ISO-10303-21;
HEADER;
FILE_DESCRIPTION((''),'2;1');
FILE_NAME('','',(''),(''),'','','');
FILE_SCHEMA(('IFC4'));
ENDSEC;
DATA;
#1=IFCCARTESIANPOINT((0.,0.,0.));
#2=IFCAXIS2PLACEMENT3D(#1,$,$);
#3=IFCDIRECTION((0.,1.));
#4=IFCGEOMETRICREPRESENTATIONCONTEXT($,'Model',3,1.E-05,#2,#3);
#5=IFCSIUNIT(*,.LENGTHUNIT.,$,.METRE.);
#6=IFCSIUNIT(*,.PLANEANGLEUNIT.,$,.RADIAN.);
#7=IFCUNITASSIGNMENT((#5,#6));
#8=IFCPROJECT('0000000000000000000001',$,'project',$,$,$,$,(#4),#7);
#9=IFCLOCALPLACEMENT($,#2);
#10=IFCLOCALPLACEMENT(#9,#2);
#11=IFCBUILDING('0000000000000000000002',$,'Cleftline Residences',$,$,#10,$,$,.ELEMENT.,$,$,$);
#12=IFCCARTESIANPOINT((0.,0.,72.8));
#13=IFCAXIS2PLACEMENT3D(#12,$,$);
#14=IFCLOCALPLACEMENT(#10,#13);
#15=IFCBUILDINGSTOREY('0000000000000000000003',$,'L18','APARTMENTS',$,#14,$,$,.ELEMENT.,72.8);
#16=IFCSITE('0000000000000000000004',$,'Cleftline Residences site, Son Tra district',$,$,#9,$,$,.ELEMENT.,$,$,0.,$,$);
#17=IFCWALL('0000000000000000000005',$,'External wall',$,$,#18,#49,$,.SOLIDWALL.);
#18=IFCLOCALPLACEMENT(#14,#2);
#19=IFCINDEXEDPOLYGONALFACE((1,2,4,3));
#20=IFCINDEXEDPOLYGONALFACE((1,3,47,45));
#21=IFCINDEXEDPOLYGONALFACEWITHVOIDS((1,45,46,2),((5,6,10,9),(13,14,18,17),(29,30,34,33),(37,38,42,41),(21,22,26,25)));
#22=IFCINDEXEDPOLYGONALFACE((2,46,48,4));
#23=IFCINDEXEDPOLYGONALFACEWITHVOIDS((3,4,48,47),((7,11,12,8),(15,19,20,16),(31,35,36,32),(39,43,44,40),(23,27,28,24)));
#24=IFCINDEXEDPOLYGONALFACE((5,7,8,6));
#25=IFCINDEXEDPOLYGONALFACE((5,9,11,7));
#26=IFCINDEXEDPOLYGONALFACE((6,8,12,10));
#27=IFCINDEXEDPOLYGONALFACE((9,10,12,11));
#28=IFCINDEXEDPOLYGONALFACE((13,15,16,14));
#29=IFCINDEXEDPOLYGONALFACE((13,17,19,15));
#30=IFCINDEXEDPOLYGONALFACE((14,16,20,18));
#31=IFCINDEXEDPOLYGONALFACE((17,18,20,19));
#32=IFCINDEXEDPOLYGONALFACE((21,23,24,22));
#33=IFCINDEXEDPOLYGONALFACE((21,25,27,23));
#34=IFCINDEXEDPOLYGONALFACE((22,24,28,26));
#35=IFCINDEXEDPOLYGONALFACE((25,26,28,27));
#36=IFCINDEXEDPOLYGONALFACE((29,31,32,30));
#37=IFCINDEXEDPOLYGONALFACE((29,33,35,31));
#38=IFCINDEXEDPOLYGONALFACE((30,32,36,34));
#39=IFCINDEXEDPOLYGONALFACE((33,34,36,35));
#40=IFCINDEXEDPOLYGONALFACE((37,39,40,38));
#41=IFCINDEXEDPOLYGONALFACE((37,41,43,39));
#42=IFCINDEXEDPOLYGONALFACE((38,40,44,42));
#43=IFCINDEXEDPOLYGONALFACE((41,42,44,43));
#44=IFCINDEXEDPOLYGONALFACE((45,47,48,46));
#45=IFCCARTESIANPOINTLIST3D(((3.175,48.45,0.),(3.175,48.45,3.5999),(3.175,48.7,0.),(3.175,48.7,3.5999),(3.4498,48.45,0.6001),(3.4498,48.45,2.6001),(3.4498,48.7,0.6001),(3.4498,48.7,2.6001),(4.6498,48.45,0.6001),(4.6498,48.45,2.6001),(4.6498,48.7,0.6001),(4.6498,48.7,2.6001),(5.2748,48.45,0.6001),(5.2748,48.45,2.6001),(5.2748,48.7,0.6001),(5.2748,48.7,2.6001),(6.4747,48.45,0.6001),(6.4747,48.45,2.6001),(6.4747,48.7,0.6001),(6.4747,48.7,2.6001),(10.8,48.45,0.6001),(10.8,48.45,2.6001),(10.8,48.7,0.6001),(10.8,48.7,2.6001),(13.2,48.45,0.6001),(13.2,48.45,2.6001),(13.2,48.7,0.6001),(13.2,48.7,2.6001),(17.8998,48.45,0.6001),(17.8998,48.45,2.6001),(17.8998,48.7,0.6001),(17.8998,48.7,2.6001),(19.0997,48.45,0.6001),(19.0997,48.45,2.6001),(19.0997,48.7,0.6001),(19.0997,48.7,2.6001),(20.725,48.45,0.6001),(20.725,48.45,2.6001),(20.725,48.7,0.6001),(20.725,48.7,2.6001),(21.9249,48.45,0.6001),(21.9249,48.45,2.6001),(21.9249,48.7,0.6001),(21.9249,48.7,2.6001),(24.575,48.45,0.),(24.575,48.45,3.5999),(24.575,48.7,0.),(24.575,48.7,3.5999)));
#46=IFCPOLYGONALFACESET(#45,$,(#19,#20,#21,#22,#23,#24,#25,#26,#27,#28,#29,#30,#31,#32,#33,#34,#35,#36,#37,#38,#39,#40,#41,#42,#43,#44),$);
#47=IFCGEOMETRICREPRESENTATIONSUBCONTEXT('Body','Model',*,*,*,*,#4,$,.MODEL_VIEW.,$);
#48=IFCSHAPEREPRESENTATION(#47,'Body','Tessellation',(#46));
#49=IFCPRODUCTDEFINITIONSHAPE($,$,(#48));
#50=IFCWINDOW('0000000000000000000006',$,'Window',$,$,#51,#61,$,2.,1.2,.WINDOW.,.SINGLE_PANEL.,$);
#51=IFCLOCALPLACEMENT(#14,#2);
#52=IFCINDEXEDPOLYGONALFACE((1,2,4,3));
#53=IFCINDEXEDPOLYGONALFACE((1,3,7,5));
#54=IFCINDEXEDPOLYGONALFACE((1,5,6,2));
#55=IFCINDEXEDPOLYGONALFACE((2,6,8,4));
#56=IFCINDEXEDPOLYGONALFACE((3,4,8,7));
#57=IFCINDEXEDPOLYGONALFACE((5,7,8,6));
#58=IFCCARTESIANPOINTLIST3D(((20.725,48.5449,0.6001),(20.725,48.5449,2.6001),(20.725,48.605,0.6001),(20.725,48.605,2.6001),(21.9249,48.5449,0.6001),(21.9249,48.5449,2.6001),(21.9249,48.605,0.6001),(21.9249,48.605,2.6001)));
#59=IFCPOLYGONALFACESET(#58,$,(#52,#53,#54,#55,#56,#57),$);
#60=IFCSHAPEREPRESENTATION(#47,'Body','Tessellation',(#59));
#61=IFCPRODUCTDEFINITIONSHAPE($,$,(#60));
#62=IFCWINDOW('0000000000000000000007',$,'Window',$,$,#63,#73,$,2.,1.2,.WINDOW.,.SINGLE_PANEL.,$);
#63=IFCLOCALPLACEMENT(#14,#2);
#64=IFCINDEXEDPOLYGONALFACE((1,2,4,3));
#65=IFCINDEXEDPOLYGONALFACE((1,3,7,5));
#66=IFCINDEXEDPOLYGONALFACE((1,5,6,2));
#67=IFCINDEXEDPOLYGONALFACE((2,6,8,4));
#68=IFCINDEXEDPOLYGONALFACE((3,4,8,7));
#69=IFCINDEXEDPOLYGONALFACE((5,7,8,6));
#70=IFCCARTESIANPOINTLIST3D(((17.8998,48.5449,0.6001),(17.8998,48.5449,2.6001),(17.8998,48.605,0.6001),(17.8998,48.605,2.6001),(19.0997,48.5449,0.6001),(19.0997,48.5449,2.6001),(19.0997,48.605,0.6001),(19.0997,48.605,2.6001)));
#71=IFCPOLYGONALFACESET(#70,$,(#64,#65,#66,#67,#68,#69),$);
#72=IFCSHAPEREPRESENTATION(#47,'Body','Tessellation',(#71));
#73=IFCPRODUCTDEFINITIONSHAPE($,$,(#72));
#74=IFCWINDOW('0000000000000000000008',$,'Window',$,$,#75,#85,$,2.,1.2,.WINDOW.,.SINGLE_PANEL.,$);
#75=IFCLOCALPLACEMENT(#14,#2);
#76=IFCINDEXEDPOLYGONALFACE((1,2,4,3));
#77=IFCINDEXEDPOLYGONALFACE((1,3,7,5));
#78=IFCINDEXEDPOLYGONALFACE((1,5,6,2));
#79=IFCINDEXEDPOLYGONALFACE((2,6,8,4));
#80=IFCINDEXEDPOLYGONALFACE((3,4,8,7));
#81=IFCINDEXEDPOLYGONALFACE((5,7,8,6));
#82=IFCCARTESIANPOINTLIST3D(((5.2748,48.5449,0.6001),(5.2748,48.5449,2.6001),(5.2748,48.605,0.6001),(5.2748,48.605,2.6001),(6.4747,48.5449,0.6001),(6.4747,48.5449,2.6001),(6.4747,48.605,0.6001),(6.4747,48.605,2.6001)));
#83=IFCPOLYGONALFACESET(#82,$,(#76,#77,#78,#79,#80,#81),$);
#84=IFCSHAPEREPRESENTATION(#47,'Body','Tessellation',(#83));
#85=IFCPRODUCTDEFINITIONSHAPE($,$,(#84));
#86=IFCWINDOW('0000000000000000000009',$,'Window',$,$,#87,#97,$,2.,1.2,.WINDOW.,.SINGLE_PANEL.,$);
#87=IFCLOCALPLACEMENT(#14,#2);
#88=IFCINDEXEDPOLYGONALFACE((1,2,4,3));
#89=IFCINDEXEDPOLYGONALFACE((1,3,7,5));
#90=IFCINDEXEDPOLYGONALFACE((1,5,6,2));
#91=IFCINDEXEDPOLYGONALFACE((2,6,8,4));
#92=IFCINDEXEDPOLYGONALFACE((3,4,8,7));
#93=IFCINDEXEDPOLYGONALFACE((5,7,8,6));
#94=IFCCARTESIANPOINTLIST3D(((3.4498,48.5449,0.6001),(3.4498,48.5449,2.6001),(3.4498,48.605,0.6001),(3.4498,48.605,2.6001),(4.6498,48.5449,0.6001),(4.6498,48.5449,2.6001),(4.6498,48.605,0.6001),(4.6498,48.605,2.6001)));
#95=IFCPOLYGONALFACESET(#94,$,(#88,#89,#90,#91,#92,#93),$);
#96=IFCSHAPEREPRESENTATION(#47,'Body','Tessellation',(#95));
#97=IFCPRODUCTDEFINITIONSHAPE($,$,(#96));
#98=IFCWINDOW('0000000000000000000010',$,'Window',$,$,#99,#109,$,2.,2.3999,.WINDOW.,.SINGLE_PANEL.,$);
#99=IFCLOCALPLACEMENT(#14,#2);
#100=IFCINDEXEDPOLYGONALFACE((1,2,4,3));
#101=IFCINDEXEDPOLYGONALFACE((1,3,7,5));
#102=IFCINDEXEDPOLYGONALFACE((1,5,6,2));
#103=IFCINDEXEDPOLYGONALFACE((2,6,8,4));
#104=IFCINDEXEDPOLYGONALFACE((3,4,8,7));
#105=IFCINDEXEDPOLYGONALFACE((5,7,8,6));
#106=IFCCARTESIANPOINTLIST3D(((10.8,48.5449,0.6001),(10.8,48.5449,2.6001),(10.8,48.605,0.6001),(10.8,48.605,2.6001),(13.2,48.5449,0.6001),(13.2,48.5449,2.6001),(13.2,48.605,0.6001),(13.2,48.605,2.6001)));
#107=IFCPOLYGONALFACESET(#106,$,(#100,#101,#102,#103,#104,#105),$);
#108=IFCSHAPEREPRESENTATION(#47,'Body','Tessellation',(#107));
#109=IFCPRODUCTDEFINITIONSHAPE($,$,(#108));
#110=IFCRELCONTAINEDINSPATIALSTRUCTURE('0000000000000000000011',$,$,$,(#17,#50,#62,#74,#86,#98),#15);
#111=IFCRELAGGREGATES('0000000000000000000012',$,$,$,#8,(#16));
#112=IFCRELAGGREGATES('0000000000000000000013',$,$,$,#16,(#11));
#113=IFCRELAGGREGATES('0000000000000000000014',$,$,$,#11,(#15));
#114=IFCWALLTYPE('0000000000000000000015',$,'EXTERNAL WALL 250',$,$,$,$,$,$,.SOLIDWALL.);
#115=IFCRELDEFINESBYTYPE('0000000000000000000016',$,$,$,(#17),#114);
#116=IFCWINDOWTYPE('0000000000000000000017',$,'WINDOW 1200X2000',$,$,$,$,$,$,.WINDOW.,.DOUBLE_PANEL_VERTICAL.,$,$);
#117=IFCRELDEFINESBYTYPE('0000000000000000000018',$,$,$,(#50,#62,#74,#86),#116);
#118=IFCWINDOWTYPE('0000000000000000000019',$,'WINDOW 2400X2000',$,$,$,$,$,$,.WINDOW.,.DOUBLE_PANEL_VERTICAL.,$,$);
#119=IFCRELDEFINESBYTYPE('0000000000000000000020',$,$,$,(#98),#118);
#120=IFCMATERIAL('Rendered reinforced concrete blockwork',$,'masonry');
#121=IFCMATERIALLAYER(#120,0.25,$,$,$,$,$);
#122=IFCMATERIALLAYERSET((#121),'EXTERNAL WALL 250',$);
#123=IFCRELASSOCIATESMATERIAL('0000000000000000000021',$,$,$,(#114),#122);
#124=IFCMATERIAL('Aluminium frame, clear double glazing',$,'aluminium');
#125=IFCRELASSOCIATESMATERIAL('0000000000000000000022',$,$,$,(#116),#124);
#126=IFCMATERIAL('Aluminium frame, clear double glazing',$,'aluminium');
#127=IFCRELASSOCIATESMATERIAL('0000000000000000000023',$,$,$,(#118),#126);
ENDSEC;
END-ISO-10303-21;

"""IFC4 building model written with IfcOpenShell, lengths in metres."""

from ifc_helpers import new_model, si_unit, direction, frame, frame_2d, origin, place, context, subcontext, project, spatial, rectangle, extrude, material, layer, layer_set, type_object, element, fill, save


model = new_model("IFC4")

# Units and contexts
model_context = context("Model", 3, precision=1e-05, world=origin(), true_north=direction((0.0, 1.0)))
body_context = subcontext(model_context, "Body", "Model", "MODEL_VIEW")
ifc_project = project(units=[si_unit("LENGTHUNIT", "METRE"), si_unit("PLANEANGLEUNIT", "RADIAN")], contexts=[model_context])

# Site, building, storey
site_placement = place(None, origin())
site = spatial("IfcSite", under=ifc_project, at=site_placement, Name="Cleftline Residences site, Son Tra district", CompositionType="ELEMENT", RefElevation=0.0)
building_placement = place(site_placement, origin())
building = spatial("IfcBuilding", under=site, at=building_placement, Name="Cleftline Residences", CompositionType="ELEMENT")
storey_placement = place(building_placement, frame((0.0, 0.0, 72.8)))
storey = spatial("IfcBuildingStorey", under=building, at=storey_placement, Name="L18", Description="APARTMENTS", CompositionType="ELEMENT", Elevation=72.8)

# Wall, openings, windows
ifc_material_1 = material(Name="Rendered reinforced concrete blockwork", Category="masonry")
ifc_layer_1 = layer(ifc_material_1, 0.25)
ifc_layer_set_1 = layer_set([ifc_layer_1], Name="EXTERNAL WALL 250")
wall_type = type_object("IfcWallType", Name="EXTERNAL WALL 250", PredefinedType="SOLIDWALL", material=ifc_layer_set_1)
wall_placement = place(storey_placement, frame((24.575, 48.575, 0.0), z_axis=(0.0, 0.0, 1.0), x_axis=(-1.0, 0.0, 0.0)))
wall = element("IfcWall", 1, at=wall_placement, inside=storey, type_object=wall_type, Name="External wall", PredefinedType="SOLIDWALL", context=body_context, shape_type="SweptSolid", body=[
    extrude(rectangle(XDim=21.3999, YDim=0.25, at=frame_2d((10.7, 0.0))), origin(), (0.0, 0.0, 1.0), 3.5999),
])
opening_1_placement = place(wall_placement, frame((2.6499, 0.0, 0.6001)))
opening_1 = element("IfcOpeningElement", 2, at=opening_1_placement, cuts=wall, PredefinedType="OPENING", context=body_context, shape_type="SweptSolid", body=[
    extrude(rectangle(XDim=1.2, YDim=2.0, at=frame_2d((0.6001, 1.0))), frame((0.0, 0.135, 0.0), z_axis=(0.0, -1.0, 0.0), x_axis=(1.0, 0.0, 0.0)), (0.0, 0.0, 1.0), 0.27),
])
opening_2_placement = place(wall_placement, frame((5.4751, 0.0, 0.6001)))
opening_2 = element("IfcOpeningElement", 3, at=opening_2_placement, cuts=wall, PredefinedType="OPENING", context=body_context, shape_type="SweptSolid", body=[
    extrude(rectangle(XDim=1.2, YDim=2.0, at=frame_2d((0.6001, 1.0))), frame((0.0, 0.135, 0.0), z_axis=(0.0, -1.0, 0.0), x_axis=(1.0, 0.0, 0.0)), (0.0, 0.0, 1.0), 0.27),
])
opening_3_placement = place(wall_placement, frame((11.375, 0.0, 0.6001)))
opening_3 = element("IfcOpeningElement", 4, at=opening_3_placement, cuts=wall, PredefinedType="OPENING", context=body_context, shape_type="SweptSolid", body=[
    extrude(rectangle(XDim=2.3999, YDim=2.0, at=frame_2d((1.2, 1.0))), frame((0.0, 0.135, 0.0), z_axis=(0.0, -1.0, 0.0), x_axis=(1.0, 0.0, 0.0)), (0.0, 0.0, 1.0), 0.27),
])
opening_4_placement = place(wall_placement, frame((18.1001, 0.0, 0.6001)))
opening_4 = element("IfcOpeningElement", 5, at=opening_4_placement, cuts=wall, PredefinedType="OPENING", context=body_context, shape_type="SweptSolid", body=[
    extrude(rectangle(XDim=1.2, YDim=2.0, at=frame_2d((0.6001, 1.0))), frame((0.0, 0.135, 0.0), z_axis=(0.0, -1.0, 0.0), x_axis=(1.0, 0.0, 0.0)), (0.0, 0.0, 1.0), 0.27),
])
opening_5_placement = place(wall_placement, frame((19.925, 0.0, 0.6001)))
opening_5 = element("IfcOpeningElement", 6, at=opening_5_placement, cuts=wall, PredefinedType="OPENING", context=body_context, shape_type="SweptSolid", body=[
    extrude(rectangle(XDim=1.2, YDim=2.0, at=frame_2d((0.6001, 1.0))), frame((0.0, 0.135, 0.0), z_axis=(0.0, -1.0, 0.0), x_axis=(1.0, 0.0, 0.0)), (0.0, 0.0, 1.0), 0.27),
])
ifc_material_2 = material(Name="Aluminium frame, clear double glazing", Category="aluminium")
window_type_1 = type_object("IfcWindowType", Name="WINDOW 1200X2000", PartitioningType="DOUBLE_PANEL_VERTICAL", PredefinedType="WINDOW", material=ifc_material_2)
window_1_placement = place(opening_1_placement, origin())
window_1 = element("IfcWindow", 7, at=window_1_placement, inside=storey, type_object=window_type_1, Name="Window", OverallHeight=2.0, OverallWidth=1.2, PartitioningType="SINGLE_PANEL", PredefinedType="WINDOW", context=body_context, shape_type="SweptSolid", body=[
    extrude(rectangle(XDim=1.2, YDim=2.0, at=frame_2d((0.6001, 1.0))), frame((0.0, 0.03, 0.0), z_axis=(0.0, -1.0, 0.0), x_axis=(1.0, 0.0, 0.0)), (0.0, 0.0, 1.0), 0.0601),
])
fill(opening_1, window_1)
window_2_placement = place(opening_2_placement, origin())
window_2 = element("IfcWindow", 8, at=window_2_placement, inside=storey, type_object=window_type_1, Name="Window", OverallHeight=2.0, OverallWidth=1.2, PartitioningType="SINGLE_PANEL", PredefinedType="WINDOW", context=body_context, shape_type="SweptSolid", body=[
    extrude(rectangle(XDim=1.2, YDim=2.0, at=frame_2d((0.6001, 1.0))), frame((0.0, 0.03, 0.0), z_axis=(0.0, -1.0, 0.0), x_axis=(1.0, 0.0, 0.0)), (0.0, 0.0, 1.0), 0.0601),
])
fill(opening_2, window_2)
window_3_placement = place(opening_4_placement, origin())
window_3 = element("IfcWindow", 9, at=window_3_placement, inside=storey, type_object=window_type_1, Name="Window", OverallHeight=2.0, OverallWidth=1.2, PartitioningType="SINGLE_PANEL", PredefinedType="WINDOW", context=body_context, shape_type="SweptSolid", body=[
    extrude(rectangle(XDim=1.2, YDim=2.0, at=frame_2d((0.6001, 1.0))), frame((0.0, 0.03, 0.0), z_axis=(0.0, -1.0, 0.0), x_axis=(1.0, 0.0, 0.0)), (0.0, 0.0, 1.0), 0.0601),
])
fill(opening_4, window_3)
window_4_placement = place(opening_5_placement, origin())
window_4 = element("IfcWindow", 10, at=window_4_placement, inside=storey, type_object=window_type_1, Name="Window", OverallHeight=2.0, OverallWidth=1.2, PartitioningType="SINGLE_PANEL", PredefinedType="WINDOW", context=body_context, shape_type="SweptSolid", body=[
    extrude(rectangle(XDim=1.2, YDim=2.0, at=frame_2d((0.6001, 1.0))), frame((0.0, 0.03, 0.0), z_axis=(0.0, -1.0, 0.0), x_axis=(1.0, 0.0, 0.0)), (0.0, 0.0, 1.0), 0.0601),
])
fill(opening_5, window_4)
ifc_material_3 = material(Name="Aluminium frame, clear double glazing", Category="aluminium")
window_type_2 = type_object("IfcWindowType", Name="WINDOW 2400X2000", PartitioningType="DOUBLE_PANEL_VERTICAL", PredefinedType="WINDOW", material=ifc_material_3)
window_5_placement = place(opening_3_placement, origin())
window_5 = element("IfcWindow", 11, at=window_5_placement, inside=storey, type_object=window_type_2, Name="Window", OverallHeight=2.0, OverallWidth=2.3999, PartitioningType="SINGLE_PANEL", PredefinedType="WINDOW", context=body_context, shape_type="SweptSolid", body=[
    extrude(rectangle(XDim=2.3999, YDim=2.0, at=frame_2d((1.2, 1.0))), frame((0.0, 0.03, 0.0), z_axis=(0.0, -1.0, 0.0), x_axis=(1.0, 0.0, 0.0)), (0.0, 0.0, 1.0), 0.0601),
])
fill(opening_3, window_5)

save(model, "model.ifc")
